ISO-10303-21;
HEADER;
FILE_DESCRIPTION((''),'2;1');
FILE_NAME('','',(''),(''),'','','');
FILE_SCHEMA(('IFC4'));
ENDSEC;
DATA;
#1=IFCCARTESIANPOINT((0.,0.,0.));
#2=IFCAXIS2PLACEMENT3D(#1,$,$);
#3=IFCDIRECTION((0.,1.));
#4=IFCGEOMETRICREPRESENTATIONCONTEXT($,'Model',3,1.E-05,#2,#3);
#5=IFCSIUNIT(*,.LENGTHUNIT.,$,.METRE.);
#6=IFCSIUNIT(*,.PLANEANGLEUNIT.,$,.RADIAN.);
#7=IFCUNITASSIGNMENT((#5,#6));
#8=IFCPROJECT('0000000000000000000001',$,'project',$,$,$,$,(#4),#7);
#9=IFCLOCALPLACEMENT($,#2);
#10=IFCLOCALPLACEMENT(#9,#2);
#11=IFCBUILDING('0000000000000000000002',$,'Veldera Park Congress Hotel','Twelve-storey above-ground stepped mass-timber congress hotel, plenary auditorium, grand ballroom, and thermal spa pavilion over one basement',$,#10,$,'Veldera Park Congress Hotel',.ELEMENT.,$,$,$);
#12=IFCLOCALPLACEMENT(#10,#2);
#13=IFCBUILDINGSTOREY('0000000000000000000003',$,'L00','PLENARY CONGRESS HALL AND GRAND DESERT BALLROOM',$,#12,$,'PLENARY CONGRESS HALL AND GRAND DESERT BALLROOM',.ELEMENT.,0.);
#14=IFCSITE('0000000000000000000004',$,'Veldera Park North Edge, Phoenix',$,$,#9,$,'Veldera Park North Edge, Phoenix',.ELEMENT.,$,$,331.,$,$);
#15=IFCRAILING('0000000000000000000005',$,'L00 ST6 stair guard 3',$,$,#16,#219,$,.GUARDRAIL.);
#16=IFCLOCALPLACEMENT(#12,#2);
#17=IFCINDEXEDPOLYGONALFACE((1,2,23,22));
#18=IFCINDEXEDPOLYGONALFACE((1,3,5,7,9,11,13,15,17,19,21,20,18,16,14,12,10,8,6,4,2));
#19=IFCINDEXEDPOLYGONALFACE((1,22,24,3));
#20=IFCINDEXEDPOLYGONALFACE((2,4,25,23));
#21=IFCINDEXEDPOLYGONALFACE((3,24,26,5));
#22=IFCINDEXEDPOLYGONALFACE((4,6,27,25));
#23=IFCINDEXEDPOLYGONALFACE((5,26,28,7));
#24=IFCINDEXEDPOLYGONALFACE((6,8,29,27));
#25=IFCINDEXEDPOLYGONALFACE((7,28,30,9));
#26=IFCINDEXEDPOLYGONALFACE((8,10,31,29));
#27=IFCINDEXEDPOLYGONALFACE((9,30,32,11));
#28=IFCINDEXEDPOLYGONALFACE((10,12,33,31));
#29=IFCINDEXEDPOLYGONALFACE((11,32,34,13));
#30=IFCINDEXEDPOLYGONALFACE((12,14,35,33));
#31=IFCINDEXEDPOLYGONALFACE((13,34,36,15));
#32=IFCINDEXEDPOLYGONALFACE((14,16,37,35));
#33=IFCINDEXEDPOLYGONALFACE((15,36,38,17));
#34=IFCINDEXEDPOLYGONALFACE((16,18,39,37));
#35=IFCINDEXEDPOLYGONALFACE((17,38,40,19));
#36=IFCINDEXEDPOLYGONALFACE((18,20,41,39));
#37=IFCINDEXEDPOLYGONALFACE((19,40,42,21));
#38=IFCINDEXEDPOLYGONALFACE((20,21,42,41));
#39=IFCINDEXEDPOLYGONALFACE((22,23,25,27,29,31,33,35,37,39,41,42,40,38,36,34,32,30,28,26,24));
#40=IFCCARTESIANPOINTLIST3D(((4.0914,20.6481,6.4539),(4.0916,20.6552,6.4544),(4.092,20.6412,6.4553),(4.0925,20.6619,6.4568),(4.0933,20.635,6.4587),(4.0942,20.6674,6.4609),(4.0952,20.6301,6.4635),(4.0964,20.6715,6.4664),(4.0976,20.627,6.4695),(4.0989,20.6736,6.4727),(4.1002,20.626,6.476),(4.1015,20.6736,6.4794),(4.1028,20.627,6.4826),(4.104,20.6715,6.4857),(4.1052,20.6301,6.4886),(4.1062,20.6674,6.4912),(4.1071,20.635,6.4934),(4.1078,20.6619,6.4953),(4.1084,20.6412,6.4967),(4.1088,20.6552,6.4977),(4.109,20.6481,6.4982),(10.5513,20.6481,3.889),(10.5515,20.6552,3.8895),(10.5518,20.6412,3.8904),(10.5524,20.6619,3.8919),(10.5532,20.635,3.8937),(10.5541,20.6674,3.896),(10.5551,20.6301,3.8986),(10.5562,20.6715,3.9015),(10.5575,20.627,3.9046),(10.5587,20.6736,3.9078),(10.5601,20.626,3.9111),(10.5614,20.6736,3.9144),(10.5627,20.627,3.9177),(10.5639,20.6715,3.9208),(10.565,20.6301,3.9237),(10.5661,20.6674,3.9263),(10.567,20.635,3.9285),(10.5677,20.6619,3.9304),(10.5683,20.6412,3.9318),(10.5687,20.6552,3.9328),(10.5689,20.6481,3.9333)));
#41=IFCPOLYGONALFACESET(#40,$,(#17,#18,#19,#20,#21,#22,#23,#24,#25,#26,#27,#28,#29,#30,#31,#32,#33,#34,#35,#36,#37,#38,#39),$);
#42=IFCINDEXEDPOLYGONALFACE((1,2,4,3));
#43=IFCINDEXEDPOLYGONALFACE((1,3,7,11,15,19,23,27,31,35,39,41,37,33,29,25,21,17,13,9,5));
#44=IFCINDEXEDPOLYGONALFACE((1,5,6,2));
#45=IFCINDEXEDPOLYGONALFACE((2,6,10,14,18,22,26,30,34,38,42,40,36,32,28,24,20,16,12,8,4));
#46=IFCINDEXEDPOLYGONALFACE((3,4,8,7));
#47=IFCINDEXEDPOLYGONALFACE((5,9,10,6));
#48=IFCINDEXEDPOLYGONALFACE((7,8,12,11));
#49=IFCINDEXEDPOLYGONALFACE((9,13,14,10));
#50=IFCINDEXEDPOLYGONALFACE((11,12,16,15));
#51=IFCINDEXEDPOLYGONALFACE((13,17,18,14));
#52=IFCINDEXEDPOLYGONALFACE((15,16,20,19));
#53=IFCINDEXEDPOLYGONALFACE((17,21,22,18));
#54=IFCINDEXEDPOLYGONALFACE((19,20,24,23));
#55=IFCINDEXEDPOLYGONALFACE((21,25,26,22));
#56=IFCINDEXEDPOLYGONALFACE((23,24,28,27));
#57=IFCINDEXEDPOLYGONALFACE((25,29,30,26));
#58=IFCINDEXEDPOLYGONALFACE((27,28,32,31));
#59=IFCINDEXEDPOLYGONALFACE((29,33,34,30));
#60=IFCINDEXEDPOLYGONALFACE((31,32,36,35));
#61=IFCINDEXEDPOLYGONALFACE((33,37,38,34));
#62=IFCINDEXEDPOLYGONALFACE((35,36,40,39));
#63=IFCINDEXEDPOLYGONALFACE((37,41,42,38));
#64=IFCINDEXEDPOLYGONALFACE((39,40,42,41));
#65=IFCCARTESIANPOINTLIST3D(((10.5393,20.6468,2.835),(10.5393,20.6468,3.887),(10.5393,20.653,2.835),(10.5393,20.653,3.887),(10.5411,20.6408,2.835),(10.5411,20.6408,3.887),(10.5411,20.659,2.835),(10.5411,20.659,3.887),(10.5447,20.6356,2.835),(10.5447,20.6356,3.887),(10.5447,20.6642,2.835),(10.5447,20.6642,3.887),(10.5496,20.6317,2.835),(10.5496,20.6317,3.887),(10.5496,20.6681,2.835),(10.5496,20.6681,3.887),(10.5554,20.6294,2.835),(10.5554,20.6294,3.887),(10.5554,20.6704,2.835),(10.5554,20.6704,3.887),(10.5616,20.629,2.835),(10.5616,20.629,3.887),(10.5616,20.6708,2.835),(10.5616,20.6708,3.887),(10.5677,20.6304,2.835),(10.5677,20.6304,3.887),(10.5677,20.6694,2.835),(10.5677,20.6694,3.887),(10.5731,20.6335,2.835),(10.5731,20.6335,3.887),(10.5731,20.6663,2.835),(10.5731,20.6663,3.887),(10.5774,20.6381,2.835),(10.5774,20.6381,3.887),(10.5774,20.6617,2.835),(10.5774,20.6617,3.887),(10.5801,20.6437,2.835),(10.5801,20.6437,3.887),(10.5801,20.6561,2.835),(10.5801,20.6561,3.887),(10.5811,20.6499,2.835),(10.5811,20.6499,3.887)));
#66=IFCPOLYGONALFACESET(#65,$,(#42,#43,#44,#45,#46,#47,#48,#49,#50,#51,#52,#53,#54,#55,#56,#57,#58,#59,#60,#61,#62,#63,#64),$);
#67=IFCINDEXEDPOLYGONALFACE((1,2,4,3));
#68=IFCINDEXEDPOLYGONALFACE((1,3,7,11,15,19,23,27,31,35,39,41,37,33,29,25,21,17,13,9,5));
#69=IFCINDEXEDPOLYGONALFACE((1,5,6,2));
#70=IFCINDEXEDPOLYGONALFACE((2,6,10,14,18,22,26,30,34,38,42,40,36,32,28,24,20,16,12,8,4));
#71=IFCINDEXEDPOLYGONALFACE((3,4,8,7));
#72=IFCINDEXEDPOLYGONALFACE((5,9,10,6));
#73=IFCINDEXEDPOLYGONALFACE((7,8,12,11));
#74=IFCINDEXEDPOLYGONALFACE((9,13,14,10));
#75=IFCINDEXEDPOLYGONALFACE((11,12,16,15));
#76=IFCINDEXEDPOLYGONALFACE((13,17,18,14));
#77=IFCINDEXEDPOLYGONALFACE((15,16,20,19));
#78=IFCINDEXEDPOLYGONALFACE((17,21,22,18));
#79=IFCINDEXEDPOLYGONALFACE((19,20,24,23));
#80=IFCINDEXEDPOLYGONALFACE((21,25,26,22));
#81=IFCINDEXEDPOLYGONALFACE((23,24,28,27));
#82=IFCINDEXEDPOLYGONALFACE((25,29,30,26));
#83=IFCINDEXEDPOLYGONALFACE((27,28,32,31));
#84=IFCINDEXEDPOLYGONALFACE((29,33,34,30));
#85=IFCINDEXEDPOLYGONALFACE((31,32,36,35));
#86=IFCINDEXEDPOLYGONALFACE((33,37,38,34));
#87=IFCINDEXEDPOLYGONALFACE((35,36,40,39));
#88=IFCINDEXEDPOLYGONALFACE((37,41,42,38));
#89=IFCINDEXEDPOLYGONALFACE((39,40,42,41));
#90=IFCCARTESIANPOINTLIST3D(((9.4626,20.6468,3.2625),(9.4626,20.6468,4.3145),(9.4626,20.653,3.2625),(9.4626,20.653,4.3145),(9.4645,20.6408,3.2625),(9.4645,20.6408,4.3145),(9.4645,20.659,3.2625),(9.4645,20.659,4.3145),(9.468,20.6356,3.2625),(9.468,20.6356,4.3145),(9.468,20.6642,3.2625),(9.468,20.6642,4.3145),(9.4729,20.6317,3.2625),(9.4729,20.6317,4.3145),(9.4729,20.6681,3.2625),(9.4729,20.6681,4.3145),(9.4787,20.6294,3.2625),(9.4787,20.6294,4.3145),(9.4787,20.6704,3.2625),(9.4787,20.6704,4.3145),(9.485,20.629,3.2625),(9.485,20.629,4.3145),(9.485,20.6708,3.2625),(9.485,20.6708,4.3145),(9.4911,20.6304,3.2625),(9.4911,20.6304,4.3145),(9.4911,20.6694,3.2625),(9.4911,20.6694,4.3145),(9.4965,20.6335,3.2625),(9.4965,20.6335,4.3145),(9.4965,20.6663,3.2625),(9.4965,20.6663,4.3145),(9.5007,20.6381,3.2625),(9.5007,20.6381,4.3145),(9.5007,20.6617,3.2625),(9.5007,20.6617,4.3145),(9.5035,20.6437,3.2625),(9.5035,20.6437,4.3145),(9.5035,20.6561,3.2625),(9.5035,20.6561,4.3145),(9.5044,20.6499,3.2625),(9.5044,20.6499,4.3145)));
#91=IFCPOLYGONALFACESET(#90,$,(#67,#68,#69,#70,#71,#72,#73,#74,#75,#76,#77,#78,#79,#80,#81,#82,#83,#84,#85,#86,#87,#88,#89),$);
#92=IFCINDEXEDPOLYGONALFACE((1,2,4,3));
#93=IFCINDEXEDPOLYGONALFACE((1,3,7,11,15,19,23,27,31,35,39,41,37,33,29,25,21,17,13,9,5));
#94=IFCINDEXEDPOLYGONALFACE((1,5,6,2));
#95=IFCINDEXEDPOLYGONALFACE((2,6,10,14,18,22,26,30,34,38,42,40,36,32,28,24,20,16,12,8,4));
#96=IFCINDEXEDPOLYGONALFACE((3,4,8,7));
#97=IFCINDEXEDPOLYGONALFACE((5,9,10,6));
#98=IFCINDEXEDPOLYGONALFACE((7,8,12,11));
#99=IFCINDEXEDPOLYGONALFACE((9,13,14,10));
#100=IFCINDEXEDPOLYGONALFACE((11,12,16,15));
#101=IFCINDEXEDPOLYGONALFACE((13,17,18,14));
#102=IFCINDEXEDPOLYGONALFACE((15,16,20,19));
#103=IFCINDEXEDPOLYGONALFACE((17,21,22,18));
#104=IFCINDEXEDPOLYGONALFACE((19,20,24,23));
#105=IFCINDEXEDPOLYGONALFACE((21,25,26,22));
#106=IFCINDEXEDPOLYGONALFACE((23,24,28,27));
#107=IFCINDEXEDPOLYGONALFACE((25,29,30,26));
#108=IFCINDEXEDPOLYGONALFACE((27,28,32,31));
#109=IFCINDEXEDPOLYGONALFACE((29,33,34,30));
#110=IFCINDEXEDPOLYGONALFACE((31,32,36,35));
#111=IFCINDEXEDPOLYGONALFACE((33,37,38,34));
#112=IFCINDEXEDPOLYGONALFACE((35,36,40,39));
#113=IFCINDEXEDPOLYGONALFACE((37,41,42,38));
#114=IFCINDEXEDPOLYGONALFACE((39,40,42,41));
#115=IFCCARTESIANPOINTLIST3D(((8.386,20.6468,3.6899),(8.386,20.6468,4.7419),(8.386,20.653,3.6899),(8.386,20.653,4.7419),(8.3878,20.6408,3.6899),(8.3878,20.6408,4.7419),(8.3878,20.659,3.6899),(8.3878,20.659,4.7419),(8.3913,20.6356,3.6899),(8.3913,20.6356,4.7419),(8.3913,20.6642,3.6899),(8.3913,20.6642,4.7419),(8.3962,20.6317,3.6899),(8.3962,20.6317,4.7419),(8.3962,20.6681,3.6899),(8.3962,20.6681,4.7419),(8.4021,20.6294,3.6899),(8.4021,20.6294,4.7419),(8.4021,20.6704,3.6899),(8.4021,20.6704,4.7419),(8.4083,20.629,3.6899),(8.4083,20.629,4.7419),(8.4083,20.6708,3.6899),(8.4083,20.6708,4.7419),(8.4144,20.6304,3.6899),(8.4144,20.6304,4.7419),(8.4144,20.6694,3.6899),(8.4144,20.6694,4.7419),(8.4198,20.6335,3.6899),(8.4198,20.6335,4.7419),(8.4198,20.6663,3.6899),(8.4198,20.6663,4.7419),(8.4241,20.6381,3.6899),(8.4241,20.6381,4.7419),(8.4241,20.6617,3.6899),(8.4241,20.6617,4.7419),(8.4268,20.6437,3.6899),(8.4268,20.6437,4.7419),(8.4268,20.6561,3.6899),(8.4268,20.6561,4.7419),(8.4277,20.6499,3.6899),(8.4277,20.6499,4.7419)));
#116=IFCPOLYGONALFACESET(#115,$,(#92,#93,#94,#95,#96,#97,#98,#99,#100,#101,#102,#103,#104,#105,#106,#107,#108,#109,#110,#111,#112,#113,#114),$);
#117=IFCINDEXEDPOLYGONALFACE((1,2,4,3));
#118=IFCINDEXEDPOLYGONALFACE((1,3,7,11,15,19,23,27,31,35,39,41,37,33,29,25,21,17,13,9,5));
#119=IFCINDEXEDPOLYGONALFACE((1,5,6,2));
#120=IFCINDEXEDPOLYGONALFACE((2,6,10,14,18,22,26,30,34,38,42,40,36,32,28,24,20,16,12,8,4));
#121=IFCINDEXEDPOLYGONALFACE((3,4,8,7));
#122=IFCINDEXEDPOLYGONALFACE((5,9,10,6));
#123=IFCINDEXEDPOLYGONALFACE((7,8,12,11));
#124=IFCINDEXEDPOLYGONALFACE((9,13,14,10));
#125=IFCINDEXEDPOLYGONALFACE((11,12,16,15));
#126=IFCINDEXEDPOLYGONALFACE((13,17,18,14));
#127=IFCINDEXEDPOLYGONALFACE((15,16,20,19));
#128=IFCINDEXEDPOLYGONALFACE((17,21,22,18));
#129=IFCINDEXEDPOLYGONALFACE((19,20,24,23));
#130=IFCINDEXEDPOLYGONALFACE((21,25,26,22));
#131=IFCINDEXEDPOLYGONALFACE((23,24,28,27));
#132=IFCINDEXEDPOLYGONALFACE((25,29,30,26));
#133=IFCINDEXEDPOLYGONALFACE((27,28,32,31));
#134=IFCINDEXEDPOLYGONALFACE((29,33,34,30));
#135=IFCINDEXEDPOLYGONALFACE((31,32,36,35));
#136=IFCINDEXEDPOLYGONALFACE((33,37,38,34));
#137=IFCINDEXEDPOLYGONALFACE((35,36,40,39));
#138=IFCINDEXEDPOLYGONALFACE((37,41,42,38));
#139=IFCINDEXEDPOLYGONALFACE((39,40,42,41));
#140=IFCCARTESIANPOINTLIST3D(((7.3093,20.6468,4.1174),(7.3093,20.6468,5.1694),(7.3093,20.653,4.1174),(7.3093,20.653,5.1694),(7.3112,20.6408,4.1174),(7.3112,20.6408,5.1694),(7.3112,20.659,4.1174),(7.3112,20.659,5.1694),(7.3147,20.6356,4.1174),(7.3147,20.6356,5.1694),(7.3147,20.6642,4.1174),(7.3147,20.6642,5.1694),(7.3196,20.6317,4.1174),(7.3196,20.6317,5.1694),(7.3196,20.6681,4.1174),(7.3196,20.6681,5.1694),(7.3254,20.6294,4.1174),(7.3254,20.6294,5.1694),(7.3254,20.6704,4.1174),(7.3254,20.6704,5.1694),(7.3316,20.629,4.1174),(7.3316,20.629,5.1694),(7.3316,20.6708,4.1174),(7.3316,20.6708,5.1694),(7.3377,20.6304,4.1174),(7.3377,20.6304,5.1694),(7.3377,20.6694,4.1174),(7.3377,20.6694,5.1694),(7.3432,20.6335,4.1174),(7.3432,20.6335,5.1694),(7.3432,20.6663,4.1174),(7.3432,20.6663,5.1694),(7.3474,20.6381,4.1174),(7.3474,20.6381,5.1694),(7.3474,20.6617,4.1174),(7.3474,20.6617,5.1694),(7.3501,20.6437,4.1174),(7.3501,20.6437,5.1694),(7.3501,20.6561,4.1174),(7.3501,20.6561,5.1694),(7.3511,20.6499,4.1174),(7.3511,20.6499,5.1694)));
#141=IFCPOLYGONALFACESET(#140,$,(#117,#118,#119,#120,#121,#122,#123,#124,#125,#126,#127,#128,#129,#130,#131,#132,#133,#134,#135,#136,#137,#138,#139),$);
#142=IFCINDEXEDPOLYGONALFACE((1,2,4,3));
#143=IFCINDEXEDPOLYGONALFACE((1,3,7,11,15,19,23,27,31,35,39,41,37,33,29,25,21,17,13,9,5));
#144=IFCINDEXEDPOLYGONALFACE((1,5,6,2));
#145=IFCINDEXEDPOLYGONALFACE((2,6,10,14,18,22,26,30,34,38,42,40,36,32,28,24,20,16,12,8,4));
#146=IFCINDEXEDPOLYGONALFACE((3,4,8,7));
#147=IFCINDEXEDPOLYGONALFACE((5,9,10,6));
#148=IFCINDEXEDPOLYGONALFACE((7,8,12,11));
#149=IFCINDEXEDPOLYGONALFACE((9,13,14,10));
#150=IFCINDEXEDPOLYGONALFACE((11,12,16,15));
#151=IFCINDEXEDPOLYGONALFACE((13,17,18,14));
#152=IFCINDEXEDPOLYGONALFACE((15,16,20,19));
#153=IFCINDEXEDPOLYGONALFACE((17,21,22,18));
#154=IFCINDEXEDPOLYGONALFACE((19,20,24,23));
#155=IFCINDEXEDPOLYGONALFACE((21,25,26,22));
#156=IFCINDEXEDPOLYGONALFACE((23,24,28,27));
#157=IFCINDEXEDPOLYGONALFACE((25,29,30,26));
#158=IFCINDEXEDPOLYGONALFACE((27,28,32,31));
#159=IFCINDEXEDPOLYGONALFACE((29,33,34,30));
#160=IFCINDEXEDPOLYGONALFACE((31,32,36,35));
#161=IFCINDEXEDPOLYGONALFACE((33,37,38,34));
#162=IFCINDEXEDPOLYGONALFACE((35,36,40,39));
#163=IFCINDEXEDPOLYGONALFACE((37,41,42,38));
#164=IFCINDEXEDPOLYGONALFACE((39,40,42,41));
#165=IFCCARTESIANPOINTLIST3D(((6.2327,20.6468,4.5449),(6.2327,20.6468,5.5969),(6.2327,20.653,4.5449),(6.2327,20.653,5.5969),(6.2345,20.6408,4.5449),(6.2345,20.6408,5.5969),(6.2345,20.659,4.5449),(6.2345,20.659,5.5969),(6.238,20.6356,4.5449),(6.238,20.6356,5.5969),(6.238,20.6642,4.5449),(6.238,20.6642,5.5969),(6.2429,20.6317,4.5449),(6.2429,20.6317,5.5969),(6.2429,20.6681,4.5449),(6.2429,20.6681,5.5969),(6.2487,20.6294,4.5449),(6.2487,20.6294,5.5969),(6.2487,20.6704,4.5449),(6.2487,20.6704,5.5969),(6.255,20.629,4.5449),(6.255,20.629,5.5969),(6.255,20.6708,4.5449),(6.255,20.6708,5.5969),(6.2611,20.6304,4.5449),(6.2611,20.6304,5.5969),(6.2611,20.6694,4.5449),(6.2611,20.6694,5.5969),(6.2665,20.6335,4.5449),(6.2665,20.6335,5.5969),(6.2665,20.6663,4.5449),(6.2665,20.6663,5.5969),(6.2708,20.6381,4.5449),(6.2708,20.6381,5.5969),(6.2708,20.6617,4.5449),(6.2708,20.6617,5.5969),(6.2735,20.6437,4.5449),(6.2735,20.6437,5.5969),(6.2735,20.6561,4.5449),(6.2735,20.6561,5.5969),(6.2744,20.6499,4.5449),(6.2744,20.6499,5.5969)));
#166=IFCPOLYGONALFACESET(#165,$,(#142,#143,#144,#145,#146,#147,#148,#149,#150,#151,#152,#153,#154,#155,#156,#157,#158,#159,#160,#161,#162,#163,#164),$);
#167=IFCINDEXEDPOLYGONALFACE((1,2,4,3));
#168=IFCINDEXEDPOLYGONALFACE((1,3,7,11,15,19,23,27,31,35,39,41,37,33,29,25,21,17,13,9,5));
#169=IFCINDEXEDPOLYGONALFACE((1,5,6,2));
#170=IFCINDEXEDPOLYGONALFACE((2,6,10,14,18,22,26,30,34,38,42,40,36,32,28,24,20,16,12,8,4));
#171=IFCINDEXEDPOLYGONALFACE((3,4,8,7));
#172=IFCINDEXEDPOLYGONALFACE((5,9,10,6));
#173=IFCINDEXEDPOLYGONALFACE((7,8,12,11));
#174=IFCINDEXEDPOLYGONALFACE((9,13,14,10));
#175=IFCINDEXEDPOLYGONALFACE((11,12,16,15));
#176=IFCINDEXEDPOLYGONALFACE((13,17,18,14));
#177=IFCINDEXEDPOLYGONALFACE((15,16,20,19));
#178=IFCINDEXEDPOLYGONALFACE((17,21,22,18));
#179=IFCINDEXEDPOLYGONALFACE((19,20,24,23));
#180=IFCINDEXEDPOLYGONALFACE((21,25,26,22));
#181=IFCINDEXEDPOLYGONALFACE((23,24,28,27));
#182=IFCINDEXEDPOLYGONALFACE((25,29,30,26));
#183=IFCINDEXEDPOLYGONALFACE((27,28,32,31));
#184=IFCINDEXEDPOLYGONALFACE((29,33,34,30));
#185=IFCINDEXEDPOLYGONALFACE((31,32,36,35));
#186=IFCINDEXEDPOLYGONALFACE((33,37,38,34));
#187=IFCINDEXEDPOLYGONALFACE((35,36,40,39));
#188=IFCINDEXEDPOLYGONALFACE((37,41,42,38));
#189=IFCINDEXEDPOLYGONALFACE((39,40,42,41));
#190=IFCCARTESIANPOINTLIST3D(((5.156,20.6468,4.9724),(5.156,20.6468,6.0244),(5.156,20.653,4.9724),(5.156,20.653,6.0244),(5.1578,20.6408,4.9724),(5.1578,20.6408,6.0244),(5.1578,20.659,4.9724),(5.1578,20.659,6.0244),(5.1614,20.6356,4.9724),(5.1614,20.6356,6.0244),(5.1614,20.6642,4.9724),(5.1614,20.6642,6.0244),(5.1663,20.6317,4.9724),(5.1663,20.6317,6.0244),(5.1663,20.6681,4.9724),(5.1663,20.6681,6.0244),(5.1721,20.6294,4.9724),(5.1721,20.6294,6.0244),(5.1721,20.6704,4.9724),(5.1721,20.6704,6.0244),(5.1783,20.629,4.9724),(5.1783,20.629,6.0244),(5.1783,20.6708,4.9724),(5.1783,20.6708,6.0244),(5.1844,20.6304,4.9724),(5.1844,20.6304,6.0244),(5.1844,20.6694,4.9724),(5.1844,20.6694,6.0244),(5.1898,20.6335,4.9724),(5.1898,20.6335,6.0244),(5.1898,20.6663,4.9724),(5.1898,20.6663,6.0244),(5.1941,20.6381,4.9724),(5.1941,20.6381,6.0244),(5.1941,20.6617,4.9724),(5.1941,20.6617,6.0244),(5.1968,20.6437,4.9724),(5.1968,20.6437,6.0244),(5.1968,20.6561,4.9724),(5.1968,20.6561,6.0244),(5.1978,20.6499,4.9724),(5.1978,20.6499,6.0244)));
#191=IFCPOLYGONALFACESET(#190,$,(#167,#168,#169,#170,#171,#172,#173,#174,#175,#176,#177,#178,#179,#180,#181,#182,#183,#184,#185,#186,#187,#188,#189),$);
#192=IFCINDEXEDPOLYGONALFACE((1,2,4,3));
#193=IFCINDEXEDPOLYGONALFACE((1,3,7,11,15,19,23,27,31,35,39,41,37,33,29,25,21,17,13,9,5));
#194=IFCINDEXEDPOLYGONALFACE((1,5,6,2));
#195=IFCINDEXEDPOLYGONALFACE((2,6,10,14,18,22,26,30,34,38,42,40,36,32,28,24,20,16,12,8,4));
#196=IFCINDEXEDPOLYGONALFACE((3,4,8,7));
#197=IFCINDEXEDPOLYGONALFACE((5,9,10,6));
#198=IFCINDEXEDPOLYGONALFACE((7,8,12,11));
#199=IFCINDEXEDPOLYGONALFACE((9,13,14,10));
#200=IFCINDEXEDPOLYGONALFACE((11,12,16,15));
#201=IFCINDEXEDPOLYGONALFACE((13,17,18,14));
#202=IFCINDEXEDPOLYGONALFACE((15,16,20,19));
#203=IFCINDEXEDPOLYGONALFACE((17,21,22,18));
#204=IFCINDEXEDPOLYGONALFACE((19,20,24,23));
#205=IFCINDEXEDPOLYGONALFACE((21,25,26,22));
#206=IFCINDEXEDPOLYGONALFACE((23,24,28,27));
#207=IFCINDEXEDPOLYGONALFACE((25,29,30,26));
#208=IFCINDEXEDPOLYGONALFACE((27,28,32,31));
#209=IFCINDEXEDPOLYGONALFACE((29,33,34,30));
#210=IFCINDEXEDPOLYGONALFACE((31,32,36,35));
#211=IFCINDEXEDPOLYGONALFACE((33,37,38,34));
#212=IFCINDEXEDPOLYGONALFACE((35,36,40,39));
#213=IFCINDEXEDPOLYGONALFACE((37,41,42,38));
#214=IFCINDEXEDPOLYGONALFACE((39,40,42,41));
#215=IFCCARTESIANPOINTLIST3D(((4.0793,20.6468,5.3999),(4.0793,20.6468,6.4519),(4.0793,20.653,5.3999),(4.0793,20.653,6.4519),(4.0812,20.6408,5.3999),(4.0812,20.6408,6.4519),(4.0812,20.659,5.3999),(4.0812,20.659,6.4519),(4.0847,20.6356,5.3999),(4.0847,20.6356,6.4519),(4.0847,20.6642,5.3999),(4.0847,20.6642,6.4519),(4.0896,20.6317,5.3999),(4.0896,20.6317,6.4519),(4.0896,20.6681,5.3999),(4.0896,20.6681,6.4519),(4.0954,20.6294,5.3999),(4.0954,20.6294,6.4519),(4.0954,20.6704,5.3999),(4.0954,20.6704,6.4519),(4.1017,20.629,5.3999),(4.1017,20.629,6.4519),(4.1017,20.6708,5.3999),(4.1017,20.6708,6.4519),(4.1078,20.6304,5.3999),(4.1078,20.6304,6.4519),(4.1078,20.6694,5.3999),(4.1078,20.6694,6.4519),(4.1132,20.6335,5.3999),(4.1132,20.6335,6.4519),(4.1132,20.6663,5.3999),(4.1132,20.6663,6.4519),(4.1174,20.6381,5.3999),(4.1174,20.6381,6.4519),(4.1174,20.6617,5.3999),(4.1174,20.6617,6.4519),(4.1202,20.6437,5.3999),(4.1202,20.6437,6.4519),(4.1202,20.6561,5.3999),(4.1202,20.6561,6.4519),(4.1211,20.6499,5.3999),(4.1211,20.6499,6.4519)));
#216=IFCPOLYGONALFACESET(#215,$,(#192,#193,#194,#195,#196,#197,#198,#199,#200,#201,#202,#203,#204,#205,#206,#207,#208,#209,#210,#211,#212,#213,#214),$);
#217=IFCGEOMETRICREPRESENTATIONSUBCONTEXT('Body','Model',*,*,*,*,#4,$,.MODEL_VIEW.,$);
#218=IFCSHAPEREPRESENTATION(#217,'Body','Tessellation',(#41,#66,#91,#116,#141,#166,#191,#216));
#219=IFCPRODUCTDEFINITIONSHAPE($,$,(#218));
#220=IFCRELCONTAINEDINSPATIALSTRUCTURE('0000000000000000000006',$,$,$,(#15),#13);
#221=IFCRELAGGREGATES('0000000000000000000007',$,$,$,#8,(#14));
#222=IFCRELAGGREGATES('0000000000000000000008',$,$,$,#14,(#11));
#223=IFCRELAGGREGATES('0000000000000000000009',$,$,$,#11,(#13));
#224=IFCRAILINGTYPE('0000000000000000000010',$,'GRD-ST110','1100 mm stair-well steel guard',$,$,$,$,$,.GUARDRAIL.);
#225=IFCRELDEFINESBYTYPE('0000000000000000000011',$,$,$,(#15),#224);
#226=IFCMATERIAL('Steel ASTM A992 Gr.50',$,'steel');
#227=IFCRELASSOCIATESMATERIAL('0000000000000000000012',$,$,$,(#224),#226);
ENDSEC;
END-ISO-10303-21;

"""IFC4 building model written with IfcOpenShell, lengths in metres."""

from ifc_helpers import new_model, si_unit, direction, frame, origin, origin_2d, place, context, subcontext, project, spatial, circle, extrude, material, type_object, element, save


model = new_model("IFC4")

# Units and contexts
model_context = context("Model", 3, precision=1e-05, world=origin(), true_north=direction((0.0, 1.0)))
body_context = subcontext(model_context, "Body", "Model", "MODEL_VIEW")
ifc_project = project(units=[si_unit("LENGTHUNIT", "METRE"), si_unit("PLANEANGLEUNIT", "RADIAN")], contexts=[model_context])

# Site, building, storey
site_placement = place(None, origin())
site = spatial("IfcSite", under=ifc_project, at=site_placement, Name="Veldera Park North Edge, Phoenix", LongName="Veldera Park North Edge, Phoenix", CompositionType="ELEMENT", RefElevation=331.0)
building_placement = place(site_placement, origin())
building = spatial("IfcBuilding", under=site, at=building_placement, Name="Veldera Park Congress Hotel", Description="Twelve-storey above-ground stepped mass-timber congress hotel, plenary auditorium, grand ballroom, and thermal spa pavilion over one basement", LongName="Veldera Park Congress Hotel", CompositionType="ELEMENT")
storey_placement = place(building_placement, origin())
storey = spatial("IfcBuildingStorey", under=building, at=storey_placement, Name="L00", Description="PLENARY CONGRESS HALL AND GRAND DESERT BALLROOM", LongName="PLENARY CONGRESS HALL AND GRAND DESERT BALLROOM", CompositionType="ELEMENT", Elevation=0.0)

# Shared definitions
ifc_material_1 = material(Name="Steel ASTM A992 Gr.50", Category="steel")

# Railing
railing_type_1 = type_object("IfcRailingType", Name="GRD-ST110", Description="1100 mm stair-well steel guard", PredefinedType="GUARDRAIL", material=ifc_material_1)
railing_1_placement = place(storey_placement, frame((10.5601, 20.6499, 2.835)))
element("IfcRailing", 1, at=railing_1_placement, inside=storey, type_object=railing_type_1, Name="L00 ST6 stair guard 3", PredefinedType="GUARDRAIL", context=body_context, shape_type="SweptSolid", body=[
    extrude(circle(Radius=0.0239, at=origin_2d()), frame((0.0, 0.0, 1.0762), z_axis=(-0.929418, 0.0, 0.369028), x_axis=(0.0, -1.0, 0.0)), (0.0, 0.0, 1.0), 6.9504),
    extrude(circle(Radius=0.021, at=origin_2d()), origin(), (0.0, 0.0, 1.0), 1.052),
    extrude(circle(Radius=0.021, at=origin_2d()), frame((-1.0767, 0.0, 0.4275)), (0.0, 0.0, 1.0), 1.052),
    extrude(circle(Radius=0.021, at=origin_2d()), frame((-2.1533, 0.0, 0.855)), (0.0, 0.0, 1.0), 1.052),
    extrude(circle(Radius=0.021, at=origin_2d()), frame((-3.23, 0.0, 1.2825)), (0.0, 0.0, 1.0), 1.052),
    extrude(circle(Radius=0.021, at=origin_2d()), frame((-4.3066, 0.0, 1.71)), (0.0, 0.0, 1.0), 1.052),
    extrude(circle(Radius=0.021, at=origin_2d()), frame((-5.3833, 0.0, 2.1375)), (0.0, 0.0, 1.0), 1.052),
    extrude(circle(Radius=0.021, at=origin_2d()), frame((-6.46, 0.0, 2.5649)), (0.0, 0.0, 1.0), 1.052),
])

save(model, "model.ifc")
